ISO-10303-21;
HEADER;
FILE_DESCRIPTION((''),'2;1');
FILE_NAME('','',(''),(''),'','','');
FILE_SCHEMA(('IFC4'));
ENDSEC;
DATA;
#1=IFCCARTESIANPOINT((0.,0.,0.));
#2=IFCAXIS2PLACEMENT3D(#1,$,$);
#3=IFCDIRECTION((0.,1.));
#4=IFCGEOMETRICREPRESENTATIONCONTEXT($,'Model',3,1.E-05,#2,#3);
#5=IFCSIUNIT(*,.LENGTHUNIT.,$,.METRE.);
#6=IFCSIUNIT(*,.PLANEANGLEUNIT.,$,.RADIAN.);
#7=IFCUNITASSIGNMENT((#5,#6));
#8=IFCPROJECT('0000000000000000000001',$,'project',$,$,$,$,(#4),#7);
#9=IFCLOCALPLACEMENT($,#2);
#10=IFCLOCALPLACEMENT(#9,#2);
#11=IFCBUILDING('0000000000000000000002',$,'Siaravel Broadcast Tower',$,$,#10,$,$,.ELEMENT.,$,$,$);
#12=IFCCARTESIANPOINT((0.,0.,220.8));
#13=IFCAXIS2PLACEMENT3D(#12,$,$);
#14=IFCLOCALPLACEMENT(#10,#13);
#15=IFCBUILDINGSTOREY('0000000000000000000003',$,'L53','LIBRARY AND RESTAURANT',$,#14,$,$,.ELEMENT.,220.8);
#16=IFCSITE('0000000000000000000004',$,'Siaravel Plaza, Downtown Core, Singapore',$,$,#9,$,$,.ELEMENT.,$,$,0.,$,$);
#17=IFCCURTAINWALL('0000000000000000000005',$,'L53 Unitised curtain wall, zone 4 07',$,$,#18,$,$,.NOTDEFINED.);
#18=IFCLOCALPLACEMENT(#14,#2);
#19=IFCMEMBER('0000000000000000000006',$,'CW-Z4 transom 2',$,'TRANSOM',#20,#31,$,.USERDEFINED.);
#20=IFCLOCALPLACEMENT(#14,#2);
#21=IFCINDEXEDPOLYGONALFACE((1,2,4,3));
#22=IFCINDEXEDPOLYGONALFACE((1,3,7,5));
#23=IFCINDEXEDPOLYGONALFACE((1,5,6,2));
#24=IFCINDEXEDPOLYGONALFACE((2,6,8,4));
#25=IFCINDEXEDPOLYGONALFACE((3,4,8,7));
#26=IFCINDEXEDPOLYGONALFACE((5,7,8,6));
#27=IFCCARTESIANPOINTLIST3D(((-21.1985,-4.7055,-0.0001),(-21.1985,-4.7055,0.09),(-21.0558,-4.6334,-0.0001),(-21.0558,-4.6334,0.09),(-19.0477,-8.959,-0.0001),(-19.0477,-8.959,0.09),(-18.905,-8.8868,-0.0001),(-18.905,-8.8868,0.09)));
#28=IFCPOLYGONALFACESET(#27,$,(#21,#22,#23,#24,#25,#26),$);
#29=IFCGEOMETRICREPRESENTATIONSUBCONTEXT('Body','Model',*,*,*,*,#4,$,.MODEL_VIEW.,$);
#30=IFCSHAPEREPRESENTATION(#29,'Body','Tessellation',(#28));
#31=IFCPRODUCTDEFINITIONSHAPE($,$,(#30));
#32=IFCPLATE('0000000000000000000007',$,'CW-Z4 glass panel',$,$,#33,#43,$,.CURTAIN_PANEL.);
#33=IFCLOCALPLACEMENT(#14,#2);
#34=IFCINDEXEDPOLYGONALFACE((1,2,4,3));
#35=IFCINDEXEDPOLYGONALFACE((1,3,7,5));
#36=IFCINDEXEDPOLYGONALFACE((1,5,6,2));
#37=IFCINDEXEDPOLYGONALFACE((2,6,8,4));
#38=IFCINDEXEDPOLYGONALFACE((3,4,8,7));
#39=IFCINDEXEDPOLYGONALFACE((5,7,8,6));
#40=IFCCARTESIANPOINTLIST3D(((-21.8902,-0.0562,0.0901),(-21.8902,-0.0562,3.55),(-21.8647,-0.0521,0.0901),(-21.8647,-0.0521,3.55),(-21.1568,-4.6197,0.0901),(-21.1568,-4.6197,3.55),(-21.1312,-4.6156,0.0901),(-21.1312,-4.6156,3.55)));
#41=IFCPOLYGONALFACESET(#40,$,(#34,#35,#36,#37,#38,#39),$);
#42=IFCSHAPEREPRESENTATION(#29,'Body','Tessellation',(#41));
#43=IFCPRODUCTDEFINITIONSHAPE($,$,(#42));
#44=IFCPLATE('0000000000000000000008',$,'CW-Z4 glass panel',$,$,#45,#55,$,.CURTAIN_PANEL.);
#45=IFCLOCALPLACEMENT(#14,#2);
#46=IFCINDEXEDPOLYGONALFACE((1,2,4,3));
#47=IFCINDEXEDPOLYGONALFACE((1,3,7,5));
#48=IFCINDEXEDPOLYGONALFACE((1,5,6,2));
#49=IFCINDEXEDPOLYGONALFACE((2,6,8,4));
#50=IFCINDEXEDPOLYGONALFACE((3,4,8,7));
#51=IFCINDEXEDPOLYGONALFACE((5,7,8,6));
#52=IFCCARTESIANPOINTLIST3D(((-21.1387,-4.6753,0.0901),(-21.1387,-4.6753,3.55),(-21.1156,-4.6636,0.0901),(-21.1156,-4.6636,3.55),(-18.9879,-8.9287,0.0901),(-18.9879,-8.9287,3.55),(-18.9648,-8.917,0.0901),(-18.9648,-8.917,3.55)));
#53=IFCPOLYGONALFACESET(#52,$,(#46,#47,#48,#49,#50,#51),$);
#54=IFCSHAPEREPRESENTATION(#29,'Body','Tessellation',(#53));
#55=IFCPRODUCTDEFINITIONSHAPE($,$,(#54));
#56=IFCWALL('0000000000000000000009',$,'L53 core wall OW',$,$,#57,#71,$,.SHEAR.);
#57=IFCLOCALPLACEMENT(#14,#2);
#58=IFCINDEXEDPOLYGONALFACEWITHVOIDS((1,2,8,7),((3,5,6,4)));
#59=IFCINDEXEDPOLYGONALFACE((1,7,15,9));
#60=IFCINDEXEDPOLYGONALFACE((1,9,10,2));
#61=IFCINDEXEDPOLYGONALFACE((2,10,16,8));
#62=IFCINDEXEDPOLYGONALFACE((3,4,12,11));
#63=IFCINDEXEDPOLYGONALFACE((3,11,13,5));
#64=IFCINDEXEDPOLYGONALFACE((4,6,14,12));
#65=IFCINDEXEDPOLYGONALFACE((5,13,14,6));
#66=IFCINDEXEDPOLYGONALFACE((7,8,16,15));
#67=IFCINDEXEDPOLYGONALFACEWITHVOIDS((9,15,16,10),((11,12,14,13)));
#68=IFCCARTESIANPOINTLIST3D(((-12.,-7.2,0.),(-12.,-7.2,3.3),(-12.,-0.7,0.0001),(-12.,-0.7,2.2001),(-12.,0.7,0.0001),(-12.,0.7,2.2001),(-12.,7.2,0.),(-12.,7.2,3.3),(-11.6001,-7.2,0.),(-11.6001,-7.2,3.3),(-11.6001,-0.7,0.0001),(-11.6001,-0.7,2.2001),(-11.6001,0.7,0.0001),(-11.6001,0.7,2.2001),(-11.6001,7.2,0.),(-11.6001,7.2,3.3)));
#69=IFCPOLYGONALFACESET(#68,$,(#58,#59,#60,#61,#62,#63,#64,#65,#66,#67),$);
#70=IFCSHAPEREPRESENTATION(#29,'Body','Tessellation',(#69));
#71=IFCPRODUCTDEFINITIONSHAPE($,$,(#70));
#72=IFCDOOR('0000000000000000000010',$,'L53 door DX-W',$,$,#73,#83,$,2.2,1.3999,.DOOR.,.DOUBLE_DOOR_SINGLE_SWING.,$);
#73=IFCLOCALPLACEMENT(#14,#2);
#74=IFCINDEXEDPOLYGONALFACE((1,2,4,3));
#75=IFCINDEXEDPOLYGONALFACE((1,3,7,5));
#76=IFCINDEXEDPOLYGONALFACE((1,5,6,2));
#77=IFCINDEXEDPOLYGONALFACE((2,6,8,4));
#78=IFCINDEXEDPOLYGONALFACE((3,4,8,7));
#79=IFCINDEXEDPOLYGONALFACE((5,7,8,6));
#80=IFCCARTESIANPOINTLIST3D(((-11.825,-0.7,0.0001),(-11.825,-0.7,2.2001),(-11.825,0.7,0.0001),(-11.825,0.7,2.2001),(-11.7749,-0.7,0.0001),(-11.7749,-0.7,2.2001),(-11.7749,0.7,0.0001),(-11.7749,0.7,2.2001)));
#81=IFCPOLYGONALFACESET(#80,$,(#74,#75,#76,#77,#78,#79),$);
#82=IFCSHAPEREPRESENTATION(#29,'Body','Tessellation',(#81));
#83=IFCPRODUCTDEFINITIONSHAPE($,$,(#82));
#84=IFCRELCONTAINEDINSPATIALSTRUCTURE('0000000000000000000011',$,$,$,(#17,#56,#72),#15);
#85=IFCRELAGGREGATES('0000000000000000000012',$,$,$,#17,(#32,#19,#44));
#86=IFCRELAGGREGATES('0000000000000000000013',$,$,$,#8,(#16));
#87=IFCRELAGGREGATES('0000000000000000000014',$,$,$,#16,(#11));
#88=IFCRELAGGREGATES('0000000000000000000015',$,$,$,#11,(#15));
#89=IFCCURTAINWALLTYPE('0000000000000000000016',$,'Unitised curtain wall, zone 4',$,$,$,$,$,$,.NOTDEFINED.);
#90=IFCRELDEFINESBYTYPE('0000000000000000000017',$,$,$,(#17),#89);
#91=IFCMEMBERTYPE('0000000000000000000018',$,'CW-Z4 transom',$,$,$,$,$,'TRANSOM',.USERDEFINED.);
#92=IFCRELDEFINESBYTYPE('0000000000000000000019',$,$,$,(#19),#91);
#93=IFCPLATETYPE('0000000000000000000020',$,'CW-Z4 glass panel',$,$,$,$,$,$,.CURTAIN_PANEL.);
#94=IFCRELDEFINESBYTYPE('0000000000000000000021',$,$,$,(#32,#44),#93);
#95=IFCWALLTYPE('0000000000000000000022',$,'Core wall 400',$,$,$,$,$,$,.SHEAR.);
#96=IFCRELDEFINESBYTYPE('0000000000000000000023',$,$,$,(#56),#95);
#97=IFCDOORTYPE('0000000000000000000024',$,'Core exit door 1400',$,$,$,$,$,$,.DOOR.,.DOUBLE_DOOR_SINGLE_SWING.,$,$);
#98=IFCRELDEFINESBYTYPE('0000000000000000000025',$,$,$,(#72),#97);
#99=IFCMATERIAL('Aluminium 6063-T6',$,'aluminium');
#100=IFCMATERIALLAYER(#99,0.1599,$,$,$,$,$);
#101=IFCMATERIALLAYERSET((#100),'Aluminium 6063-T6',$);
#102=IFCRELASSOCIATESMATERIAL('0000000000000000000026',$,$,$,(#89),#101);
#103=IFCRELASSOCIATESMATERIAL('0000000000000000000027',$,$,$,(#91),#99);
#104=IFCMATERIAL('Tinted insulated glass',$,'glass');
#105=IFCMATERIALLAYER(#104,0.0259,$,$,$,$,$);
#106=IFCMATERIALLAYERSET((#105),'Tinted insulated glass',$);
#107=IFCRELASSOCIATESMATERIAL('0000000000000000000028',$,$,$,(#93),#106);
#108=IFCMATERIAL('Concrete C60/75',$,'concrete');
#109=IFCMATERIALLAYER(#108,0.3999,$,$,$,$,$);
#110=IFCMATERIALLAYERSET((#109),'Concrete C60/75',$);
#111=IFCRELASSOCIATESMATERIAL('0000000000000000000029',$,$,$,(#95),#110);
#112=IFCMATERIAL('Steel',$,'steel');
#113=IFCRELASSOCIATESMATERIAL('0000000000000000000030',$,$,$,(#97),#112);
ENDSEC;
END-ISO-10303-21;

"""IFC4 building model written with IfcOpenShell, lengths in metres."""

from ifc_helpers import new_model, si_unit, direction, frame, frame_2d, origin, origin_2d, place, context, subcontext, project, spatial, rectangle, extrude, material, layer, layer_set, material_profile, profile_set, type_object, element, fill, aggregate, save


model = new_model("IFC4")

# Units and contexts
model_context = context("Model", 3, precision=1e-05, world=origin(), true_north=direction((0.0, 1.0)))
body_context = subcontext(model_context, "Body", "Model", "MODEL_VIEW")
ifc_project = project(units=[si_unit("LENGTHUNIT", "METRE"), si_unit("PLANEANGLEUNIT", "RADIAN")], contexts=[model_context])

# Site, building, storey
site_placement = place(None, origin())
site = spatial("IfcSite", under=ifc_project, at=site_placement, Name="Siaravel Plaza, Downtown Core, Singapore", CompositionType="ELEMENT", RefElevation=0.0)
building_placement = place(site_placement, origin())
building = spatial("IfcBuilding", under=site, at=building_placement, Name="Siaravel Broadcast Tower", CompositionType="ELEMENT")
storey_placement = place(building_placement, frame((0.0, 0.0, 220.8)))
storey = spatial("IfcBuildingStorey", under=building, at=storey_placement, Name="L53", Description="LIBRARY AND RESTAURANT", CompositionType="ELEMENT", Elevation=220.8)

# Curtain wall, member, plates
ifc_material_1 = material(Name="Aluminium 6063-T6", Category="aluminium")
ifc_layer_1 = layer(ifc_material_1, 0.1599)
ifc_layer_set_1 = layer_set([ifc_layer_1], Name="Aluminium 6063-T6")
curtain_wall_type = type_object("IfcCurtainWallType", Name="Unitised curtain wall, zone 4", PredefinedType="NOTDEFINED", material=ifc_layer_set_1)
curtain_wall_placement = place(storey_placement, origin())
curtain_wall = element("IfcCurtainWall", 1, at=curtain_wall_placement, inside=storey, type_object=curtain_wall_type, Name="L53 Unitised curtain wall, zone 4 07", PredefinedType="NOTDEFINED")
ifc_material_profile_1 = material_profile(ifc_material_1, rectangle(XDim=0.1599, YDim=0.0901, at=origin_2d()))
ifc_profile_set_1 = profile_set([ifc_material_profile_1], Name="Aluminium 6063-T6")
member_type_1 = type_object("IfcMemberType", Name="CW-Z4 transom", ElementType="TRANSOM", PredefinedType="USERDEFINED", material=ifc_profile_set_1)
member_1_placement = place(storey_placement, frame((-21.1272, -4.6694, 0.0449), z_axis=(0.451266, -0.89239, 0.0), x_axis=(0.89239, 0.451266, 0.0)))
member_1 = element("IfcMember", 2, at=member_1_placement, type_object=member_type_1, Name="CW-Z4 transom 2", ObjectType="TRANSOM", PredefinedType="USERDEFINED", context=body_context, shape_type="SweptSolid", body=[
    extrude(rectangle(XDim=0.1599, YDim=0.0901, at=origin_2d()), origin(), (0.0, 0.0, 1.0), 4.7664),
])
ifc_material_2 = material(Name="Tinted insulated glass", Category="glass")
ifc_layer_2 = layer(ifc_material_2, 0.0259)
ifc_layer_set_2 = layer_set([ifc_layer_2], Name="Tinted insulated glass")
plate_type = type_object("IfcPlateType", Name="CW-Z4 glass panel", PredefinedType="CURTAIN_PANEL", material=ifc_layer_set_2)
plate_1_placement = place(storey_placement, frame((-21.5107, -2.3359, 0.0901), z_axis=(0.0, 0.0, 1.0), x_axis=(0.158685, -0.987329, 0.0)))
plate_1 = element("IfcPlate", 3, at=plate_1_placement, type_object=plate_type, Name="CW-Z4 glass panel", PredefinedType="CURTAIN_PANEL", context=body_context, shape_type="SweptSolid", body=[
    extrude(rectangle(XDim=4.6221, YDim=0.0259, at=origin_2d()), origin(), (0.0, 0.0, 1.0), 3.46),
])
plate_2_placement = place(storey_placement, frame((-20.0518, -6.7961, 0.0901), z_axis=(0.0, 0.0, 1.0), x_axis=(0.45126, -0.892393, 0.0)))
plate_2 = element("IfcPlate", 4, at=plate_2_placement, type_object=plate_type, Name="CW-Z4 glass panel", PredefinedType="CURTAIN_PANEL", context=body_context, shape_type="SweptSolid", body=[
    extrude(rectangle(XDim=4.7664, YDim=0.0259, at=origin_2d()), origin(), (0.0, 0.0, 1.0), 3.46),
])
aggregate(curtain_wall, [plate_1, member_1, plate_2])

# Wall, opening, door
ifc_material_3 = material(Name="Concrete C60/75", Category="concrete")
ifc_layer_3 = layer(ifc_material_3, 0.3999)
ifc_layer_set_3 = layer_set([ifc_layer_3], Name="Concrete C60/75")
wall_type_1 = type_object("IfcWallType", Name="Core wall 400", PredefinedType="SHEAR", material=ifc_layer_set_3)
wall_1_placement = place(storey_placement, frame((-11.8, -7.2, 0.0), z_axis=(0.0, 0.0, 1.0), x_axis=(0.0, 1.0, 0.0)))
wall_1 = element("IfcWall", 5, at=wall_1_placement, inside=storey, type_object=wall_type_1, Name="L53 core wall OW", PredefinedType="SHEAR", context=body_context, shape_type="SweptSolid", body=[
    extrude(rectangle(XDim=14.3999, YDim=0.3999, at=frame_2d((7.2, 0.0))), origin(), (0.0, 0.0, 1.0), 3.3),
])
opening_1_placement = place(wall_1_placement, frame((6.5, 0.0, 0.0)))
opening_1 = element("IfcOpeningElement", 6, at=opening_1_placement, cuts=wall_1, PredefinedType="OPENING", context=body_context, shape_type="SweptSolid", body=[
    extrude(rectangle(XDim=1.3999, YDim=2.2, at=frame_2d((0.7, 1.1001))), frame((0.0, 0.21, 0.0), z_axis=(0.0, -1.0, 0.0), x_axis=(1.0, 0.0, 0.0)), (0.0, 0.0, 1.0), 0.4199),
])
ifc_material_4 = material(Name="Steel", Category="steel")
door_type_1 = type_object("IfcDoorType", Name="Core exit door 1400", OperationType="DOUBLE_DOOR_SINGLE_SWING", PredefinedType="DOOR", material=ifc_material_4)
door_1_placement = place(opening_1_placement, origin())
door_1 = element("IfcDoor", 7, at=door_1_placement, inside=storey, type_object=door_type_1, Name="L53 door DX-W", OperationType="DOUBLE_DOOR_SINGLE_SWING", OverallHeight=2.2, OverallWidth=1.3999, PredefinedType="DOOR", context=body_context, shape_type="SweptSolid", body=[
    extrude(rectangle(XDim=1.3999, YDim=2.2, at=frame_2d((0.7, 1.1001))), frame((0.0, 0.0249, 0.0), z_axis=(0.0, -1.0, 0.0), x_axis=(1.0, 0.0, 0.0)), (0.0, 0.0, 1.0), 0.05),
])
fill(opening_1, door_1)

save(model, "model.ifc")
